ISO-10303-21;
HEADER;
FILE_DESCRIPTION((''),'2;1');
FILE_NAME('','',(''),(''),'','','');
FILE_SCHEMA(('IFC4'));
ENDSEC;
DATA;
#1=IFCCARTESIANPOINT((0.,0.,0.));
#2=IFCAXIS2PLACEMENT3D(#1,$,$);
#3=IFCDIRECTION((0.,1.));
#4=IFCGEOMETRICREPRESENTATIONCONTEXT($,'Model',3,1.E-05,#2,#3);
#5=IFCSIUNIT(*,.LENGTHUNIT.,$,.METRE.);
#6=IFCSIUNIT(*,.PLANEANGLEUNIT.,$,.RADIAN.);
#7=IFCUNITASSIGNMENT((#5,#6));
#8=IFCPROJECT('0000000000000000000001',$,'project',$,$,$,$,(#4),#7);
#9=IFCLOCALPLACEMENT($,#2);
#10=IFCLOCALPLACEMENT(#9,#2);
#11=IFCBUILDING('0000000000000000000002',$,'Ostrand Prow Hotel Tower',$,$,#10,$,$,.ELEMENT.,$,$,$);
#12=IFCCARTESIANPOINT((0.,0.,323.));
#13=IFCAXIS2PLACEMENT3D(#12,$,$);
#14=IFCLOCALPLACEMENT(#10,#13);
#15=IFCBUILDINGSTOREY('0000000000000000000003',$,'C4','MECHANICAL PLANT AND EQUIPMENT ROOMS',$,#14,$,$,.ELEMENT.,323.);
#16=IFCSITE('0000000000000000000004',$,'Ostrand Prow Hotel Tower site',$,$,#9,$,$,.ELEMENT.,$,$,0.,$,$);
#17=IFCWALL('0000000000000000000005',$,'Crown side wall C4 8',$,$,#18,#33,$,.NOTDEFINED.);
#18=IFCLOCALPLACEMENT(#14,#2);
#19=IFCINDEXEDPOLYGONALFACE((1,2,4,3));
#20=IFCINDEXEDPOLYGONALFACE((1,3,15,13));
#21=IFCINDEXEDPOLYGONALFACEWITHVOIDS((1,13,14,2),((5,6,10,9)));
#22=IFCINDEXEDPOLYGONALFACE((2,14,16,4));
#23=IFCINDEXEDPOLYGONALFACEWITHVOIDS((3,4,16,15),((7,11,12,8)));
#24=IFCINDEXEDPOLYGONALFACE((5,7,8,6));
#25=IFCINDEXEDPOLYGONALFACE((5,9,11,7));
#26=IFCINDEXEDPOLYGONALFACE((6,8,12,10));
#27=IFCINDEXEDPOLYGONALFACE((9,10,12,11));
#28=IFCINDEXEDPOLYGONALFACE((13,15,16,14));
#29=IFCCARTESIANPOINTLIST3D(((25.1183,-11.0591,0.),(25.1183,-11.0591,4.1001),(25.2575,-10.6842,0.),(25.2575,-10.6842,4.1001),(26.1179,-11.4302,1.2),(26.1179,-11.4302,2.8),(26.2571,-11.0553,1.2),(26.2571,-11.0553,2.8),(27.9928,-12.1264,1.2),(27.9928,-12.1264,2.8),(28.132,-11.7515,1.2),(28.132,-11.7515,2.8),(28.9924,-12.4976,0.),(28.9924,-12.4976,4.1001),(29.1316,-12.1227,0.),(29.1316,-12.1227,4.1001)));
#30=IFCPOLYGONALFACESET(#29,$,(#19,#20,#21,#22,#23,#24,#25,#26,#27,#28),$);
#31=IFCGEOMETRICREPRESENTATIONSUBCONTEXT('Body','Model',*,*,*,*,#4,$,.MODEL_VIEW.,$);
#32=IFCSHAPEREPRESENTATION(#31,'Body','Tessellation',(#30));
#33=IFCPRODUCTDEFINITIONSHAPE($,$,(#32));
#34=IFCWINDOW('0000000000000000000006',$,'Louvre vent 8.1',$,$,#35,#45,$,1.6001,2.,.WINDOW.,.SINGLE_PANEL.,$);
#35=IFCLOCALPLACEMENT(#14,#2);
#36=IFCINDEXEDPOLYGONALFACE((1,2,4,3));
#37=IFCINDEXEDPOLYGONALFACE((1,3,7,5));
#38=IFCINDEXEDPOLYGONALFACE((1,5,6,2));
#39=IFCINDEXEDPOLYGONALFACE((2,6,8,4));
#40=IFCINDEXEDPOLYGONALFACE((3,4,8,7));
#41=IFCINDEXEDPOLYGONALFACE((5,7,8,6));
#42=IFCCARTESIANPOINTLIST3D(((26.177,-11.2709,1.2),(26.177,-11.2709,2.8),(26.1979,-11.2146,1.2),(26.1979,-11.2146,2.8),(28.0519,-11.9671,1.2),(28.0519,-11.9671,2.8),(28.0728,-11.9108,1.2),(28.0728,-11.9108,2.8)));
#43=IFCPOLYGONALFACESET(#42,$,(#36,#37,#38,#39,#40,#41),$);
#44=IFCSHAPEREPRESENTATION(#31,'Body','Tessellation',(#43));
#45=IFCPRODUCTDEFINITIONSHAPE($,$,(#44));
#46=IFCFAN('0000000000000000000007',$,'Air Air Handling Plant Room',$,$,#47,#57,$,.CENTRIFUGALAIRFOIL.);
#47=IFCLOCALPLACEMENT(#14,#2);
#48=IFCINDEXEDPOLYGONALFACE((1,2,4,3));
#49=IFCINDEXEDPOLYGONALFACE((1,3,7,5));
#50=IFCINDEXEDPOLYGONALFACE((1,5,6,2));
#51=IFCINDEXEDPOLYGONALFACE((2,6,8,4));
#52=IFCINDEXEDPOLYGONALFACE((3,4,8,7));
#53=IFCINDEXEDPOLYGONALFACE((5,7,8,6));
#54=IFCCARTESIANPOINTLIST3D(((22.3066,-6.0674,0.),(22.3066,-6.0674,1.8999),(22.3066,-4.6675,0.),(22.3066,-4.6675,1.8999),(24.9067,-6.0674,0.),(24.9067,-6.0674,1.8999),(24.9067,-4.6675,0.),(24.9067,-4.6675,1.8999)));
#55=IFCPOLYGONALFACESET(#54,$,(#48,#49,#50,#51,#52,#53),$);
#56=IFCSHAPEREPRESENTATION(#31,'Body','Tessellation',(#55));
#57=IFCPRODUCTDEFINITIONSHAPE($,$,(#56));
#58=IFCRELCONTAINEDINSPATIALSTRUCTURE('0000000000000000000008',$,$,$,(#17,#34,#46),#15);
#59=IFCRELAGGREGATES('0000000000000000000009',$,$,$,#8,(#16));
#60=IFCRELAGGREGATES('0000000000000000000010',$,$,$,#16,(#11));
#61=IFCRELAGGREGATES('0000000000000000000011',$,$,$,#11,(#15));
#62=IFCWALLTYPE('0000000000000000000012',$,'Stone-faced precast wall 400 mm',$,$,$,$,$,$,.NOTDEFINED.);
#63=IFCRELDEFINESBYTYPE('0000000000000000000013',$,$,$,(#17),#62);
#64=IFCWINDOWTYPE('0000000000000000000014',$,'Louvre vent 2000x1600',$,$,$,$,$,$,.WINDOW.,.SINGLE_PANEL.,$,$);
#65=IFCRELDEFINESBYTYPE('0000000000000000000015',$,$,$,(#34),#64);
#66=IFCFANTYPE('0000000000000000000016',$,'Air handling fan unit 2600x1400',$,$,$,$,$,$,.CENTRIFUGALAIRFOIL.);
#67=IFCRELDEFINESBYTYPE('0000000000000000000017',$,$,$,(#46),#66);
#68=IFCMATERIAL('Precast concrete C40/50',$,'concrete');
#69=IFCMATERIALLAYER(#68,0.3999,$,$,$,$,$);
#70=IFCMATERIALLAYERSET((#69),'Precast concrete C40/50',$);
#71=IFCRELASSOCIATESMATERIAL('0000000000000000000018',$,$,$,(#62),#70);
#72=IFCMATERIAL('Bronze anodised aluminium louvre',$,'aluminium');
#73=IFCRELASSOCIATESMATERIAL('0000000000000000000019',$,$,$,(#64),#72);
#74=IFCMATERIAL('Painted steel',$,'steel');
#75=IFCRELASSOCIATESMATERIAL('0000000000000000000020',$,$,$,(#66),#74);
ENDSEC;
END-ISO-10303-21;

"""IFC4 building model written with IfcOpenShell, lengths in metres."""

from ifc_helpers import new_model, si_unit, direction, frame, frame_2d, origin, origin_2d, place, context, subcontext, project, spatial, rectangle, extrude, material, layer, layer_set, type_object, element, fill, save


model = new_model("IFC4")

# Units and contexts
model_context = context("Model", 3, precision=1e-05, world=origin(), true_north=direction((0.0, 1.0)))
body_context = subcontext(model_context, "Body", "Model", "MODEL_VIEW")
ifc_project = project(units=[si_unit("LENGTHUNIT", "METRE"), si_unit("PLANEANGLEUNIT", "RADIAN")], contexts=[model_context])

# Site, building, storey
site_placement = place(None, origin())
site = spatial("IfcSite", under=ifc_project, at=site_placement, Name="Ostrand Prow Hotel Tower site", CompositionType="ELEMENT", RefElevation=0.0)
building_placement = place(site_placement, origin())
building = spatial("IfcBuilding", under=site, at=building_placement, Name="Ostrand Prow Hotel Tower", CompositionType="ELEMENT")
storey_placement = place(building_placement, frame((0.0, 0.0, 323.0)))
storey = spatial("IfcBuildingStorey", under=building, at=storey_placement, Name="C4", Description="MECHANICAL PLANT AND EQUIPMENT ROOMS", CompositionType="ELEMENT", Elevation=323.0)

# Wall, opening, window
ifc_material_1 = material(Name="Precast concrete C40/50", Category="concrete")
ifc_layer_1 = layer(ifc_material_1, 0.3999)
ifc_layer_set_1 = layer_set([ifc_layer_1], Name="Precast concrete C40/50")
wall_type_1 = type_object("IfcWallType", Name="Stone-faced precast wall 400 mm", PredefinedType="NOTDEFINED", material=ifc_layer_set_1)
ifc_material_2 = material(Name="Bronze anodised aluminium louvre", Category="aluminium")
window_type = type_object("IfcWindowType", Name="Louvre vent 2000x1600", PartitioningType="SINGLE_PANEL", PredefinedType="WINDOW", material=ifc_material_2)
wall_1_placement = place(storey_placement, frame((25.1877, -10.8716, 0.0), z_axis=(0.0, 0.0, 1.0), x_axis=(0.937461, -0.348092, 0.0)))
wall_1 = element("IfcWall", 1, at=wall_1_placement, inside=storey, type_object=wall_type_1, Name="Crown side wall C4 8", PredefinedType="NOTDEFINED", context=body_context, shape_type="SweptSolid", body=[
    extrude(rectangle(XDim=4.1326, YDim=0.3999, at=frame_2d((2.0664, 0.0))), origin(), (0.0, 0.0, 1.0), 4.1001),
])
opening_1_placement = place(wall_1_placement, frame((1.0664, 0.0, 1.2)))
opening_1 = element("IfcOpeningElement", 2, at=opening_1_placement, cuts=wall_1, PredefinedType="OPENING", context=body_context, shape_type="SweptSolid", body=[
    extrude(rectangle(XDim=2.0, YDim=1.6001, at=frame_2d((1.0, 0.8))), frame((0.0, 0.21, 0.0), z_axis=(0.0, -1.0, 0.0), x_axis=(1.0, 0.0, 0.0)), (0.0, 0.0, 1.0), 0.4199),
])
window_1_placement = place(opening_1_placement, origin())
window_1 = element("IfcWindow", 3, at=window_1_placement, inside=storey, type_object=window_type, Name="Louvre vent 8.1", OverallHeight=1.6001, OverallWidth=2.0, PartitioningType="SINGLE_PANEL", PredefinedType="WINDOW", context=body_context, shape_type="SweptSolid", body=[
    extrude(rectangle(XDim=2.0, YDim=1.6001, at=frame_2d((1.0, 0.8))), frame((0.0, 0.03, 0.0), z_axis=(0.0, -1.0, 0.0), x_axis=(1.0, 0.0, 0.0)), (0.0, 0.0, 1.0), 0.0601),
])
fill(opening_1, window_1)

# Fan
ifc_material_3 = material(Name="Painted steel", Category="steel")
fan_type = type_object("IfcFanType", Name="Air handling fan unit 2600x1400", PredefinedType="CENTRIFUGALAIRFOIL", material=ifc_material_3)
fan_placement = place(storey_placement, frame((23.6067, -5.3674, 0.0), z_axis=(0.0, 0.0, 1.0), x_axis=(1.0, 0.0, 0.0)))
element("IfcFan", 4, at=fan_placement, inside=storey, type_object=fan_type, Name="Air Air Handling Plant Room", PredefinedType="CENTRIFUGALAIRFOIL", context=body_context, shape_type="SweptSolid", body=[
    extrude(rectangle(XDim=2.6001, YDim=1.3999, at=origin_2d()), origin(), (0.0, 0.0, 1.0), 1.8999),
])

save(model, "model.ifc")
